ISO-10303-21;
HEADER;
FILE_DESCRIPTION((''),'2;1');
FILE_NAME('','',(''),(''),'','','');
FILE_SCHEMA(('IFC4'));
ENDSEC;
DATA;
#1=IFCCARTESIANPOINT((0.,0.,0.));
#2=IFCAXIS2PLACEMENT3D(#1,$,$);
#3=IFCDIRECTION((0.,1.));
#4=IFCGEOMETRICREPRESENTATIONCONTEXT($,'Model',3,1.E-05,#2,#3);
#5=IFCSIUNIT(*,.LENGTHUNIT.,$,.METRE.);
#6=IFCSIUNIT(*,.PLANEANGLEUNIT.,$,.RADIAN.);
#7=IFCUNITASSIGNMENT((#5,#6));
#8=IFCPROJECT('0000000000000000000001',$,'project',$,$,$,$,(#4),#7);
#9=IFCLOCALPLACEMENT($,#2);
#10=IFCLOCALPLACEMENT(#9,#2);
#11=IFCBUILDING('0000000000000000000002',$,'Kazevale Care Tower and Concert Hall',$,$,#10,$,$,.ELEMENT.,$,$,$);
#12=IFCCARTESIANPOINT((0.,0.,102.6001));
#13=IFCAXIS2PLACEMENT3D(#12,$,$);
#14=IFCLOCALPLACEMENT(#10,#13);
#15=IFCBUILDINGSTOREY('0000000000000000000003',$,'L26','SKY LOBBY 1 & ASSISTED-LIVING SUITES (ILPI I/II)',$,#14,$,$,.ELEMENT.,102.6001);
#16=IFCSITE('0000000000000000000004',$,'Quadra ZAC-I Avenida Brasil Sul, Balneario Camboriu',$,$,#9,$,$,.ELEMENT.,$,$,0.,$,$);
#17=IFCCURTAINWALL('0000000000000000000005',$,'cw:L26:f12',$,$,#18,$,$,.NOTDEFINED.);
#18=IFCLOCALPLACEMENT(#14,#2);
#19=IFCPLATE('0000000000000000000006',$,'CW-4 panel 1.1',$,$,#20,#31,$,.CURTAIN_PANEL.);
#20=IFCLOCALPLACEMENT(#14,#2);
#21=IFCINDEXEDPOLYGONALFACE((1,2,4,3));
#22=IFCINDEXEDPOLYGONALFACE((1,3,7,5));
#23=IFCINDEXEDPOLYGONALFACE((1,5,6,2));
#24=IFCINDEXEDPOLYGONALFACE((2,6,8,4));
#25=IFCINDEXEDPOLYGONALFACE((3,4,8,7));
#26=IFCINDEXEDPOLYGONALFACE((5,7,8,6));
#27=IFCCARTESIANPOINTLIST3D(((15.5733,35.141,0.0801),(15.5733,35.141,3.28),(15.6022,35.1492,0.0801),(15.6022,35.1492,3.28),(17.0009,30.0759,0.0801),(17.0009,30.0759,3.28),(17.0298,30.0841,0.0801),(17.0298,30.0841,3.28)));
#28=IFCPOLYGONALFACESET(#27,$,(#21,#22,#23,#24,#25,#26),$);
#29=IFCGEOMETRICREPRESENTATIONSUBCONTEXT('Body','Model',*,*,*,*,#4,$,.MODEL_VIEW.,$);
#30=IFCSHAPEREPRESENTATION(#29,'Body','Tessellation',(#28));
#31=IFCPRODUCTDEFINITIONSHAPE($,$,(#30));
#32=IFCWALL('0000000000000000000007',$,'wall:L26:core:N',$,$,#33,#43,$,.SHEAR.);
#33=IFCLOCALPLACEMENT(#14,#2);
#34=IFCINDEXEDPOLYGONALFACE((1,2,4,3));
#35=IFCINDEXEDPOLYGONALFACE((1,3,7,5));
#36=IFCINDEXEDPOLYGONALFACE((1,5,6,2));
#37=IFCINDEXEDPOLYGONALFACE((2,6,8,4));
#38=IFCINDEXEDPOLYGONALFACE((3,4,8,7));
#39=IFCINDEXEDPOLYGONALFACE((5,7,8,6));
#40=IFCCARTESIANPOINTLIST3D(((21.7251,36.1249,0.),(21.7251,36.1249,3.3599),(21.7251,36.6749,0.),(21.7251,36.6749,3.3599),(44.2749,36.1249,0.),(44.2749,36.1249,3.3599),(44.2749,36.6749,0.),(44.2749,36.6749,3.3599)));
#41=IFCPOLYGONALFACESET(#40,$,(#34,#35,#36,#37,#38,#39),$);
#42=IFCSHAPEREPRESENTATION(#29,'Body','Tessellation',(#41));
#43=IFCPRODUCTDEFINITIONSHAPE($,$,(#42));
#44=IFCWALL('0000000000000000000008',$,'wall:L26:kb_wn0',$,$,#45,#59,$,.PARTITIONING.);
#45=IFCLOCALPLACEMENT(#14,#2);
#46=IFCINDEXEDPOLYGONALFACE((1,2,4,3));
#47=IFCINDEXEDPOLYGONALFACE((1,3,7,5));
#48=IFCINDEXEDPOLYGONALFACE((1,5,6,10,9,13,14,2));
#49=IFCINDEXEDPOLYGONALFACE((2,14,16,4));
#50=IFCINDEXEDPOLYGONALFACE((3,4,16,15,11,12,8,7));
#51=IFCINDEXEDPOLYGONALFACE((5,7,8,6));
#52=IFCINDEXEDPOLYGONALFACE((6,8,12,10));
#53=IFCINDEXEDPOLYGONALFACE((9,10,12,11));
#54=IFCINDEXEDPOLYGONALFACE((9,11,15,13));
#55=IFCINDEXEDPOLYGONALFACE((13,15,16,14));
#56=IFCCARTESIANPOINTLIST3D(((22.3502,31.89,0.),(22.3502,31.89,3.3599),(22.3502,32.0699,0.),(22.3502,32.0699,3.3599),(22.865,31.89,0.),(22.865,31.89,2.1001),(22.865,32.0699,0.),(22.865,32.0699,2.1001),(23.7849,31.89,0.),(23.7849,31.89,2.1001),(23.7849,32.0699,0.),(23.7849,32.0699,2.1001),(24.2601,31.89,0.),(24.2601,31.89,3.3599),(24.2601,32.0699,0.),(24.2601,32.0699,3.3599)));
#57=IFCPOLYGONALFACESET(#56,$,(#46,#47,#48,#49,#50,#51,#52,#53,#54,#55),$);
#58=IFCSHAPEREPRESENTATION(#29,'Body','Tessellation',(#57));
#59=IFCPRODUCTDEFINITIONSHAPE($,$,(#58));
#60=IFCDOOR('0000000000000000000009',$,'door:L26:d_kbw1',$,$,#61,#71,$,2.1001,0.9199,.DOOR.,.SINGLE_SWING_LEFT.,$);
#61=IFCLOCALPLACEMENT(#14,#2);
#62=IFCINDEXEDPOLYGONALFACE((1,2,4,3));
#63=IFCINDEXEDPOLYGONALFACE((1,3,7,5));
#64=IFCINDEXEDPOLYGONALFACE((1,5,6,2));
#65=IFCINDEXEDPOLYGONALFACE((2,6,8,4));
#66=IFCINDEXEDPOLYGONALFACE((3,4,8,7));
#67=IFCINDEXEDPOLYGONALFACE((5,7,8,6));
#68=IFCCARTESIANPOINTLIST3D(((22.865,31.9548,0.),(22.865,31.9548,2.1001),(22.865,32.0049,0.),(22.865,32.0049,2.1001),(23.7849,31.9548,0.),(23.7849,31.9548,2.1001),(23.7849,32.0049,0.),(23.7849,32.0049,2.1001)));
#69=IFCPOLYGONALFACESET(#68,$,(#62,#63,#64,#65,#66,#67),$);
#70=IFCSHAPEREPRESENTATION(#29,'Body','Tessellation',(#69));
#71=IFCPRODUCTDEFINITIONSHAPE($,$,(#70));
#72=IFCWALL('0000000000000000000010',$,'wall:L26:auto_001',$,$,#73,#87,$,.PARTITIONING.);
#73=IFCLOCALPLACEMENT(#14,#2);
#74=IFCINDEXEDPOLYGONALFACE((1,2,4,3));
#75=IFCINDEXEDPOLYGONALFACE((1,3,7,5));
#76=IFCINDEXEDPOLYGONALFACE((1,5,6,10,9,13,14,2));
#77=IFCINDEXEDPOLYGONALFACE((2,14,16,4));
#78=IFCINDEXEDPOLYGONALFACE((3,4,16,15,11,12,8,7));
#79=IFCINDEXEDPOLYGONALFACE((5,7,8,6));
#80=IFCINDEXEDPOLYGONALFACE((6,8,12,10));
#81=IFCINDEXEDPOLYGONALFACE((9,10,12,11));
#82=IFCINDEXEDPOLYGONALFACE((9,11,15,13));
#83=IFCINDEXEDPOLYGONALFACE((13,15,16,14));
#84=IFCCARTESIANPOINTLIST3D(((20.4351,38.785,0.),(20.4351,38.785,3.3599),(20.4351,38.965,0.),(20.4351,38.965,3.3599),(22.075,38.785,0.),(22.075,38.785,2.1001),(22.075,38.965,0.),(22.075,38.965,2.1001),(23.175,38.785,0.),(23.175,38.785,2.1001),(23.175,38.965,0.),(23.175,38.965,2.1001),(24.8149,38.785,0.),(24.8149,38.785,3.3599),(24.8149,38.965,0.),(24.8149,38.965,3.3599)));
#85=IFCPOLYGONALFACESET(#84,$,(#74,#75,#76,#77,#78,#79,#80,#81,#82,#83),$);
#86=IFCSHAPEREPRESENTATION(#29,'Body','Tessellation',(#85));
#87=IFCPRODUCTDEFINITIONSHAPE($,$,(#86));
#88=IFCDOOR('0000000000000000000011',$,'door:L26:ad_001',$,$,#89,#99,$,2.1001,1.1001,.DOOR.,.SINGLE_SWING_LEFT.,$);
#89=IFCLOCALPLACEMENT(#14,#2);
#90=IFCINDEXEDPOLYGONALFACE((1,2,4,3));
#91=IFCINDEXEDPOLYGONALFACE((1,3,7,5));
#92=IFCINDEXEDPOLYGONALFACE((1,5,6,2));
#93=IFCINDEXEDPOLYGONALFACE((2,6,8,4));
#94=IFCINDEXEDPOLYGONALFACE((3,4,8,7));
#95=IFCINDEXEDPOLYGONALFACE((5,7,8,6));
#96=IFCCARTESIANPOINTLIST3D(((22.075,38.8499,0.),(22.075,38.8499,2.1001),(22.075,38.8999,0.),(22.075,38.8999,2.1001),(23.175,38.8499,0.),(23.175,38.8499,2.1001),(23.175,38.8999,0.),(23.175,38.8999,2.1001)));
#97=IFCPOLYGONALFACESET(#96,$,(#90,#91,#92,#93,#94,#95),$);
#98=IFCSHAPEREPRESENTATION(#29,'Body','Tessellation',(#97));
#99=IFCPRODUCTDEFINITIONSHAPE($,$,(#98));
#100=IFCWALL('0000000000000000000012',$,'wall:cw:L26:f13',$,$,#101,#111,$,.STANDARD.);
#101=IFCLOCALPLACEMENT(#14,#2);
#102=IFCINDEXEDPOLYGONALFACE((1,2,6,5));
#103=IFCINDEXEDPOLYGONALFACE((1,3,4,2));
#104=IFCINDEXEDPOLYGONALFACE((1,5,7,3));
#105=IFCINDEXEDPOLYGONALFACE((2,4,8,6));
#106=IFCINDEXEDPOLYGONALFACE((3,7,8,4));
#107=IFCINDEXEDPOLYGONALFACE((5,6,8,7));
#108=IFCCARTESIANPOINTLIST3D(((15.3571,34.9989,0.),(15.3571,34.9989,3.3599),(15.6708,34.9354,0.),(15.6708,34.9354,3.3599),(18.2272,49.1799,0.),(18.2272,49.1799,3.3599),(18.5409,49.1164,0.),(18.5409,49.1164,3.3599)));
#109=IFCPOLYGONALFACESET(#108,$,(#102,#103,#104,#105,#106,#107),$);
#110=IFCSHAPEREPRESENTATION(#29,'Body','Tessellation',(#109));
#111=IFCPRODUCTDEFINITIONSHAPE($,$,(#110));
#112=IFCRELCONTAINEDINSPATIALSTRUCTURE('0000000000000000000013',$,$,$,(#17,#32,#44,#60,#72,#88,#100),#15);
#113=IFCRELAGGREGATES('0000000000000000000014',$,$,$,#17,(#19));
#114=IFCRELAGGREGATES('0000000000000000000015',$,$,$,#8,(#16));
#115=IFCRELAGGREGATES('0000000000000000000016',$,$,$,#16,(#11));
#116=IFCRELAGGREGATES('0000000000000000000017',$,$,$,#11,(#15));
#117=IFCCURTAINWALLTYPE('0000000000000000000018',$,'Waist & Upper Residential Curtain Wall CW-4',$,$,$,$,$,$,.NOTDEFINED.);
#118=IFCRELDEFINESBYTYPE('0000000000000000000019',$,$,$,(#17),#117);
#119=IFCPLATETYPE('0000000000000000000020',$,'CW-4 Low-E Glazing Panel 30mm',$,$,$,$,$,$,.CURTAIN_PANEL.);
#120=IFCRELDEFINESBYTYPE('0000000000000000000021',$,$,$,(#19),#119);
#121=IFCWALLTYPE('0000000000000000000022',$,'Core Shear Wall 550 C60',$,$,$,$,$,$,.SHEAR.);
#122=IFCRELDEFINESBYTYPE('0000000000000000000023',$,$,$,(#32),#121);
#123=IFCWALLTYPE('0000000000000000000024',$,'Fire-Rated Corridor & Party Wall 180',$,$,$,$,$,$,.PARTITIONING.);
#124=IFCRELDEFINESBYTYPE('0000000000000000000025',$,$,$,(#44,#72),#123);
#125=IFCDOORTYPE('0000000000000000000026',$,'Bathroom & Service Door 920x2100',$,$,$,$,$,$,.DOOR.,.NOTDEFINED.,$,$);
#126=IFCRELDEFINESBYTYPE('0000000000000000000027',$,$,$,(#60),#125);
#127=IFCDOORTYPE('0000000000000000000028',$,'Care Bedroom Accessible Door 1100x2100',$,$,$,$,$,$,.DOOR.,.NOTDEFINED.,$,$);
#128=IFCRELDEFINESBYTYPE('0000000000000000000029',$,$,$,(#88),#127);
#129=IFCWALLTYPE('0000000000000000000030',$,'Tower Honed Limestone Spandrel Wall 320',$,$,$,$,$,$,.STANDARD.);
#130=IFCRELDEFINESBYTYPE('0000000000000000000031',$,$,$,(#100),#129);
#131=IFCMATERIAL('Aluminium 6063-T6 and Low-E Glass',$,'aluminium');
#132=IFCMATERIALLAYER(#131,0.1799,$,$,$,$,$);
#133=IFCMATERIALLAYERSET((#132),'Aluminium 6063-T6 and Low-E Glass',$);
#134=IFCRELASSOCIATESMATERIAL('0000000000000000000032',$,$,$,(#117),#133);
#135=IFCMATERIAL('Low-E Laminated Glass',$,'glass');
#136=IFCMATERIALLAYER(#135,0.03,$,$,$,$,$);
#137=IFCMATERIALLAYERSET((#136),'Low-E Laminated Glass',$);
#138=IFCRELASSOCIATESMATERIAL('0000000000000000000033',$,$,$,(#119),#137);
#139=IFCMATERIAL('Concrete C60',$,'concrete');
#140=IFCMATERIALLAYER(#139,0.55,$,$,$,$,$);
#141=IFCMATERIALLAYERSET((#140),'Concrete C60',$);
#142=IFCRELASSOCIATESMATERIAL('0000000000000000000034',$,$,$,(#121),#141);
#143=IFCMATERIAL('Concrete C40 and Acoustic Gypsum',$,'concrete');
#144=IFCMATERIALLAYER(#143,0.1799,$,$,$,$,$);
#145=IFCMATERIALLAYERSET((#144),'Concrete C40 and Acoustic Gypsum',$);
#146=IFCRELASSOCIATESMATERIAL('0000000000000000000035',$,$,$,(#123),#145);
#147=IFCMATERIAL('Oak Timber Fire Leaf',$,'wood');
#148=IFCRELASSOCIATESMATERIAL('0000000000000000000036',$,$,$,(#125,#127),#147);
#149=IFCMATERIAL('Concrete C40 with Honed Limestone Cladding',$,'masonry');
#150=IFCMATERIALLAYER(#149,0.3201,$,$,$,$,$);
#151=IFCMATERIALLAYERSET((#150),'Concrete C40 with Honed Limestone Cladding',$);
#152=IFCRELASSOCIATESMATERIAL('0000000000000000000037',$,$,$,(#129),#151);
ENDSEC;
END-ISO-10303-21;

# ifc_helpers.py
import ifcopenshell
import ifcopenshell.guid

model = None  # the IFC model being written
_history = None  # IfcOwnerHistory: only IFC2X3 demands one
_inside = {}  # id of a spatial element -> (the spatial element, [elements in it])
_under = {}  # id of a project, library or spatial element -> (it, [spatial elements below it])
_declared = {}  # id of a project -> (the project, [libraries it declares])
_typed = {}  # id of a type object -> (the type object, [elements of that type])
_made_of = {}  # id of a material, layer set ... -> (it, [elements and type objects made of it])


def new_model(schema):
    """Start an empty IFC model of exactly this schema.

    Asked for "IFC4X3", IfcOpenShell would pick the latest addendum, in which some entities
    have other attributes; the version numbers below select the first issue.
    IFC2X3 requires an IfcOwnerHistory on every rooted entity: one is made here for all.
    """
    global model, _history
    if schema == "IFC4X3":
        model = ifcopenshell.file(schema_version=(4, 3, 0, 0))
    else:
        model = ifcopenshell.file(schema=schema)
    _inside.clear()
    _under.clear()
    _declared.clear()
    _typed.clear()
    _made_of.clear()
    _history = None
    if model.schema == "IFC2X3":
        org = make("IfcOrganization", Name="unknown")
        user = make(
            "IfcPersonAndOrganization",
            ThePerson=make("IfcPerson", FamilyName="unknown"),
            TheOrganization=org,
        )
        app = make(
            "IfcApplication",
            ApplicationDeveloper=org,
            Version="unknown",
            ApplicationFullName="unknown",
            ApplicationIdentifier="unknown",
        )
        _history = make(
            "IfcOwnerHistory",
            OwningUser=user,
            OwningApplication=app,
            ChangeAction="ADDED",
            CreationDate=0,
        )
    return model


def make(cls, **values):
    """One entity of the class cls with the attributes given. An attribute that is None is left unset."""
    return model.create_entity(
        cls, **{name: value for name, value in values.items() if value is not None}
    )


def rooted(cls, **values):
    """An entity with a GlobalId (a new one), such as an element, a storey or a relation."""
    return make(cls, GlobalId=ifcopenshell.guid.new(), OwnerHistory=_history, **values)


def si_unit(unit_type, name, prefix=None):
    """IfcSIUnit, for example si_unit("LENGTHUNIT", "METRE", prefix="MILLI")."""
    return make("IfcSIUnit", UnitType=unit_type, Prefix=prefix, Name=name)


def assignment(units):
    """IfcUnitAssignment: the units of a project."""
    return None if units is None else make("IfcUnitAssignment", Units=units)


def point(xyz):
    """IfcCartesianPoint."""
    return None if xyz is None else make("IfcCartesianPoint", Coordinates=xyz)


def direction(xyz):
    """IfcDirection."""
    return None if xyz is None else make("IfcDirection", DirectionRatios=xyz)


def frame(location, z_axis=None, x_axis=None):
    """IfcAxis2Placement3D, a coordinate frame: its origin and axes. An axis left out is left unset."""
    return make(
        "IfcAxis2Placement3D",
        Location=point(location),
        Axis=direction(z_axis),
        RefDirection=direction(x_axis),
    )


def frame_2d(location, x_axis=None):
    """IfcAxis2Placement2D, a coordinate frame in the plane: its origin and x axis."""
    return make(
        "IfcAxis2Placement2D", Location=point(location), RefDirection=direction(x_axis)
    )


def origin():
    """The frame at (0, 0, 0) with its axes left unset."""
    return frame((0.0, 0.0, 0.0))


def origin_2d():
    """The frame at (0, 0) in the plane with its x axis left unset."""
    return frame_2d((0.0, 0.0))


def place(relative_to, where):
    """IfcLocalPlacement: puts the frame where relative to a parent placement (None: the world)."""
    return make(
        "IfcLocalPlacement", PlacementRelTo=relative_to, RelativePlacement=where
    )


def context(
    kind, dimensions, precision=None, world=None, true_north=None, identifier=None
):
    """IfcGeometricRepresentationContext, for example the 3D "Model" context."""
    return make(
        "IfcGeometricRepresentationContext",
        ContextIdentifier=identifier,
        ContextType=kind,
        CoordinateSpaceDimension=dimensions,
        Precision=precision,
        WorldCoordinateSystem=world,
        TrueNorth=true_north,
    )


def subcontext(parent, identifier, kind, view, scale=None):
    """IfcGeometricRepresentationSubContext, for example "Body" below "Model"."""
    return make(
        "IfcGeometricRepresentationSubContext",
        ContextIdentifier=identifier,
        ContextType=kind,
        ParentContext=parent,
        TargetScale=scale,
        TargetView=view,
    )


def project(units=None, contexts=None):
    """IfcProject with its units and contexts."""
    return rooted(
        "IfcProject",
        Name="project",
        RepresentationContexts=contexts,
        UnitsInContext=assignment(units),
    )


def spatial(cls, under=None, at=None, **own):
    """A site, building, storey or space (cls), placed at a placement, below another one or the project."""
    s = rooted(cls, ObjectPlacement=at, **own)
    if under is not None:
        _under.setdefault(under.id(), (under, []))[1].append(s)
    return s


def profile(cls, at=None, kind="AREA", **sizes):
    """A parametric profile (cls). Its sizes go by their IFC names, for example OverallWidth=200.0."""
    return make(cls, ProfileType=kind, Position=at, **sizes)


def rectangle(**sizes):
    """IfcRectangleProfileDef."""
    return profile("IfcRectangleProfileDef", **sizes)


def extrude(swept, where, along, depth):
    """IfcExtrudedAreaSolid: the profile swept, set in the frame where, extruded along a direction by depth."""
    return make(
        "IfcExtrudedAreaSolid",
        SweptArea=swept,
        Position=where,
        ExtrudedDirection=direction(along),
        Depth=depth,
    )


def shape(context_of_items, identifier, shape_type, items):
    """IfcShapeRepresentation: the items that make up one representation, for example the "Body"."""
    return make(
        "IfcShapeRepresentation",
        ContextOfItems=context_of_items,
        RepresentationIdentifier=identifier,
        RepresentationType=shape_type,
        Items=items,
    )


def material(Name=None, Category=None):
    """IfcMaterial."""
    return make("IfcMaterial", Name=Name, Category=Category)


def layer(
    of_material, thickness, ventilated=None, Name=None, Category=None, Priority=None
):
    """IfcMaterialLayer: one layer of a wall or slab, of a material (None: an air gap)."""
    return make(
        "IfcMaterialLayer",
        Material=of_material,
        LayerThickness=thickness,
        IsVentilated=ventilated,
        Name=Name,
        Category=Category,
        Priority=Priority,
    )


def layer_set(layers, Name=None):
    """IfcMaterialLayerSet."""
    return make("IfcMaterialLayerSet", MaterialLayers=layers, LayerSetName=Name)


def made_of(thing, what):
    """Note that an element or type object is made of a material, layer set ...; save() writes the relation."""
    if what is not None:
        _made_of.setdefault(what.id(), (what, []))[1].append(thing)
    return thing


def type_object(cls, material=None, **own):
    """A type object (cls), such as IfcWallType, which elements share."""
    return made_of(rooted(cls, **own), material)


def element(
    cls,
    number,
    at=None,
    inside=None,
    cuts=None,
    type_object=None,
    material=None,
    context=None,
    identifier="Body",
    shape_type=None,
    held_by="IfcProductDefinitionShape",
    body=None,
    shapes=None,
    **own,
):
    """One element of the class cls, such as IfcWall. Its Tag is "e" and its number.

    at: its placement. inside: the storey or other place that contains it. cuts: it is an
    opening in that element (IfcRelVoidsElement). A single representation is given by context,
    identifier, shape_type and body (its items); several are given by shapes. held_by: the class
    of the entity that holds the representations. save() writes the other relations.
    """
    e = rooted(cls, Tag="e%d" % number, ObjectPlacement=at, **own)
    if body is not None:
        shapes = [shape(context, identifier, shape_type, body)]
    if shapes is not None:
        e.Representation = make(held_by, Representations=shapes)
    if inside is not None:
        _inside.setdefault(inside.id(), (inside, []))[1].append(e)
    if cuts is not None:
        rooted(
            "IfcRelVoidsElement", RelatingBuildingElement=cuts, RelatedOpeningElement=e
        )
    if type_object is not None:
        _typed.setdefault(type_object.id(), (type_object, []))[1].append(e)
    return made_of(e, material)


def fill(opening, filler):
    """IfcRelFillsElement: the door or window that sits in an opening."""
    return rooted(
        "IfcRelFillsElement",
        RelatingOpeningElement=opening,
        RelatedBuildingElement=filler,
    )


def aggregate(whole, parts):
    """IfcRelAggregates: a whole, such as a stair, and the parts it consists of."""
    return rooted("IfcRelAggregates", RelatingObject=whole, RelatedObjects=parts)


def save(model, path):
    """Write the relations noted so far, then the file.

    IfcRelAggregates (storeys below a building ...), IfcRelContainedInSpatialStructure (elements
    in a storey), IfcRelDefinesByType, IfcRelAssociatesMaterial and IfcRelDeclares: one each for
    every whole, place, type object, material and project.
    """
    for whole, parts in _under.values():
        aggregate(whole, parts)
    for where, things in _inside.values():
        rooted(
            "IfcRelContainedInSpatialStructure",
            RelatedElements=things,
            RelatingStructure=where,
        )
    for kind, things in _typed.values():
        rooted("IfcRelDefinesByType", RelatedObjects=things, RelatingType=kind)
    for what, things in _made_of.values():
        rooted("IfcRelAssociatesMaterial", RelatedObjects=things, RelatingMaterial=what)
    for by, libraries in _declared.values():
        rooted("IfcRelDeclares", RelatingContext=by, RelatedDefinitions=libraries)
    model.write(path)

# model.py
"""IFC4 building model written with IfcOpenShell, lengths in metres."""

from ifc_helpers import new_model, si_unit, direction, frame, frame_2d, origin, origin_2d, place, context, subcontext, project, spatial, rectangle, extrude, material, layer, layer_set, type_object, element, fill, aggregate, save


model = new_model("IFC4")

# Units and contexts
model_context = context("Model", 3, precision=1e-05, world=origin(), true_north=direction((0.0, 1.0)))
body_context = subcontext(model_context, "Body", "Model", "MODEL_VIEW")
ifc_project = project(units=[si_unit("LENGTHUNIT", "METRE"), si_unit("PLANEANGLEUNIT", "RADIAN")], contexts=[model_context])

# Site, building, storey
site_placement = place(None, origin())
site = spatial("IfcSite", under=ifc_project, at=site_placement, Name="Quadra ZAC-I Avenida Brasil Sul, Balneario Camboriu", CompositionType="ELEMENT", RefElevation=0.0)
building_placement = place(site_placement, origin())
building = spatial("IfcBuilding", under=site, at=building_placement, Name="Kazevale Care Tower and Concert Hall", CompositionType="ELEMENT")
storey_placement = place(building_placement, frame((0.0, 0.0, 102.6001)))
storey = spatial("IfcBuildingStorey", under=building, at=storey_placement, Name="L26", Description="SKY LOBBY 1 & ASSISTED-LIVING SUITES (ILPI I/II)", CompositionType="ELEMENT", Elevation=102.6001)

# Shared definitions
ifc_material_1 = material(Name="Concrete C60", Category="concrete")

# Shared definitions
ifc_material_2 = material(Name="Aluminium 6063-T6 and Low-E Glass", Category="aluminium")
ifc_layer_1 = layer(ifc_material_2, 0.1799)
ifc_layer_set_1 = layer_set([ifc_layer_1], Name="Aluminium 6063-T6 and Low-E Glass")
curtain_wall_type = type_object("IfcCurtainWallType", Name="Waist & Upper Residential Curtain Wall CW-4", PredefinedType="NOTDEFINED", material=ifc_layer_set_1)

# Curtain wall
curtain_wall_1_placement = place(storey_placement, origin())
curtain_wall_1 = element("IfcCurtainWall", 1, at=curtain_wall_1_placement, inside=storey, type_object=curtain_wall_type, Name="cw:L26:f12", PredefinedType="NOTDEFINED")

# Plate
ifc_material_3 = material(Name="Low-E Laminated Glass", Category="glass")
ifc_layer_2 = layer(ifc_material_3, 0.03)
ifc_layer_set_2 = layer_set([ifc_layer_2], Name="Low-E Laminated Glass")
plate_type = type_object("IfcPlateType", Name="CW-4 Low-E Glazing Panel 30mm", PredefinedType="CURTAIN_PANEL", material=ifc_layer_set_2)
plate_placement = place(storey_placement, frame((16.3015, 32.6125, 0.0801), z_axis=(0.0, 0.0, 1.0), x_axis=(-0.271285, 0.962499, 0.0)))
plate = element("IfcPlate", 2, at=plate_placement, type_object=plate_type, Name="CW-4 panel 1.1", PredefinedType="CURTAIN_PANEL", context=body_context, shape_type="SweptSolid", body=[
    extrude(rectangle(XDim=5.2625, YDim=0.03, at=origin_2d()), origin(), (0.0, 0.0, 1.0), 3.2),
])
aggregate(curtain_wall_1, [plate])

# Wall
ifc_layer_3 = layer(ifc_material_1, 0.55)
ifc_layer_set_3 = layer_set([ifc_layer_3], Name="Concrete C60")
wall_type_1 = type_object("IfcWallType", Name="Core Shear Wall 550 C60", PredefinedType="SHEAR", material=ifc_layer_set_3)
wall_1_placement = place(storey_placement, frame((21.7251, 36.3999, 0.0), z_axis=(0.0, 0.0, 1.0), x_axis=(1.0, 0.0, 0.0)))
element("IfcWall", 3, at=wall_1_placement, inside=storey, type_object=wall_type_1, Name="wall:L26:core:N", PredefinedType="SHEAR", context=body_context, shape_type="SweptSolid", body=[
    extrude(rectangle(XDim=22.5498, YDim=0.55, at=frame_2d((11.2749, 0.0))), origin(), (0.0, 0.0, 1.0), 3.3599),
])

# Walls, openings, doors
ifc_material_4 = material(Name="Concrete C40 and Acoustic Gypsum", Category="concrete")
ifc_layer_4 = layer(ifc_material_4, 0.1799)
ifc_layer_set_4 = layer_set([ifc_layer_4], Name="Concrete C40 and Acoustic Gypsum")
wall_type_2 = type_object("IfcWallType", Name="Fire-Rated Corridor & Party Wall 180", PredefinedType="PARTITIONING", material=ifc_layer_set_4)
wall_2_placement = place(storey_placement, frame((22.3501, 31.98, 0.0), z_axis=(0.0, 0.0, 1.0), x_axis=(1.0, 0.0, 0.0)))
wall_2 = element("IfcWall", 4, at=wall_2_placement, inside=storey, type_object=wall_type_2, Name="wall:L26:kb_wn0", PredefinedType="PARTITIONING", context=body_context, shape_type="SweptSolid", body=[
    extrude(rectangle(XDim=1.9099, YDim=0.1799, at=frame_2d((0.9551, 0.0))), origin(), (0.0, 0.0, 1.0), 3.3599),
])
opening_1_placement = place(wall_2_placement, frame((0.5149, 0.0, 0.0)))
opening_1 = element("IfcOpeningElement", 5, at=opening_1_placement, cuts=wall_2, PredefinedType="OPENING", context=body_context, shape_type="SweptSolid", body=[
    extrude(rectangle(XDim=0.9199, YDim=2.1001, at=frame_2d((0.46, 1.05))), frame((0.0, 0.0999, 0.0), z_axis=(0.0, -1.0, 0.0), x_axis=(1.0, 0.0, 0.0)), (0.0, 0.0, 1.0), 0.2),
])
ifc_material_5 = material(Name="Oak Timber Fire Leaf", Category="wood")
door_type_1 = type_object("IfcDoorType", Name="Bathroom & Service Door 920x2100", OperationType="NOTDEFINED", PredefinedType="DOOR", material=ifc_material_5)
door_1_placement = place(opening_1_placement, origin())
door_1 = element("IfcDoor", 6, at=door_1_placement, inside=storey, type_object=door_type_1, Name="door:L26:d_kbw1", OperationType="SINGLE_SWING_LEFT", OverallHeight=2.1001, OverallWidth=0.9199, PredefinedType="DOOR", context=body_context, shape_type="SweptSolid", body=[
    extrude(rectangle(XDim=0.9199, YDim=2.1001, at=frame_2d((0.46, 1.05))), frame((0.0, 0.0249, 0.0), z_axis=(0.0, -1.0, 0.0), x_axis=(1.0, 0.0, 0.0)), (0.0, 0.0, 1.0), 0.05),
])
fill(opening_1, door_1)
wall_3_placement = place(storey_placement, frame((20.4351, 38.875, 0.0), z_axis=(0.0, 0.0, 1.0), x_axis=(1.0, 0.0, 0.0)))
wall_3 = element("IfcWall", 7, at=wall_3_placement, inside=storey, type_object=wall_type_2, Name="wall:L26:auto_001", PredefinedType="PARTITIONING", context=body_context, shape_type="SweptSolid", body=[
    extrude(rectangle(XDim=4.3799, YDim=0.1799, at=frame_2d((2.1899, 0.0))), origin(), (0.0, 0.0, 1.0), 3.3599),
])
opening_2_placement = place(wall_3_placement, frame((1.6399, 0.0, 0.0)))
opening_2 = element("IfcOpeningElement", 8, at=opening_2_placement, cuts=wall_3, PredefinedType="OPENING", context=body_context, shape_type="SweptSolid", body=[
    extrude(rectangle(XDim=1.1001, YDim=2.1001, at=frame_2d((0.55, 1.05))), frame((0.0, 0.0999, 0.0), z_axis=(0.0, -1.0, 0.0), x_axis=(1.0, 0.0, 0.0)), (0.0, 0.0, 1.0), 0.2),
])
door_type_2 = type_object("IfcDoorType", Name="Care Bedroom Accessible Door 1100x2100", OperationType="NOTDEFINED", PredefinedType="DOOR", material=ifc_material_5)
door_2_placement = place(opening_2_placement, origin())
door_2 = element("IfcDoor", 9, at=door_2_placement, inside=storey, type_object=door_type_2, Name="door:L26:ad_001", OperationType="SINGLE_SWING_LEFT", OverallHeight=2.1001, OverallWidth=1.1001, PredefinedType="DOOR", context=body_context, shape_type="SweptSolid", body=[
    extrude(rectangle(XDim=1.1001, YDim=2.1001, at=frame_2d((0.55, 1.05))), frame((0.0, 0.0249, 0.0), z_axis=(0.0, -1.0, 0.0), x_axis=(1.0, 0.0, 0.0)), (0.0, 0.0, 1.0), 0.05),
])
fill(opening_2, door_2)

# Wall
ifc_material_6 = material(Name="Concrete C40 with Honed Limestone Cladding", Category="masonry")
ifc_layer_5 = layer(ifc_material_6, 0.3201)
ifc_layer_set_5 = layer_set([ifc_layer_5], Name="Concrete C40 with Honed Limestone Cladding")
wall_type_3 = type_object("IfcWallType", Name="Tower Honed Limestone Spandrel Wall 320", PredefinedType="STANDARD", material=ifc_layer_set_5)
wall_4_placement = place(storey_placement, frame((15.5139, 34.967, 0.0), z_axis=(0.0, 0.0, 1.0), x_axis=(0.198371, 0.980127, 0.0)))
element("IfcWall", 10, at=wall_4_placement, inside=storey, type_object=wall_type_3, Name="wall:cw:L26:f13", PredefinedType="STANDARD", context=body_context, shape_type="SweptSolid", body=[
    extrude(rectangle(XDim=14.4685, YDim=0.3201, at=frame_2d((7.2344, 0.0))), origin(), (0.0, 0.0, 1.0), 3.3599),
])

save(model, "model.ifc")
